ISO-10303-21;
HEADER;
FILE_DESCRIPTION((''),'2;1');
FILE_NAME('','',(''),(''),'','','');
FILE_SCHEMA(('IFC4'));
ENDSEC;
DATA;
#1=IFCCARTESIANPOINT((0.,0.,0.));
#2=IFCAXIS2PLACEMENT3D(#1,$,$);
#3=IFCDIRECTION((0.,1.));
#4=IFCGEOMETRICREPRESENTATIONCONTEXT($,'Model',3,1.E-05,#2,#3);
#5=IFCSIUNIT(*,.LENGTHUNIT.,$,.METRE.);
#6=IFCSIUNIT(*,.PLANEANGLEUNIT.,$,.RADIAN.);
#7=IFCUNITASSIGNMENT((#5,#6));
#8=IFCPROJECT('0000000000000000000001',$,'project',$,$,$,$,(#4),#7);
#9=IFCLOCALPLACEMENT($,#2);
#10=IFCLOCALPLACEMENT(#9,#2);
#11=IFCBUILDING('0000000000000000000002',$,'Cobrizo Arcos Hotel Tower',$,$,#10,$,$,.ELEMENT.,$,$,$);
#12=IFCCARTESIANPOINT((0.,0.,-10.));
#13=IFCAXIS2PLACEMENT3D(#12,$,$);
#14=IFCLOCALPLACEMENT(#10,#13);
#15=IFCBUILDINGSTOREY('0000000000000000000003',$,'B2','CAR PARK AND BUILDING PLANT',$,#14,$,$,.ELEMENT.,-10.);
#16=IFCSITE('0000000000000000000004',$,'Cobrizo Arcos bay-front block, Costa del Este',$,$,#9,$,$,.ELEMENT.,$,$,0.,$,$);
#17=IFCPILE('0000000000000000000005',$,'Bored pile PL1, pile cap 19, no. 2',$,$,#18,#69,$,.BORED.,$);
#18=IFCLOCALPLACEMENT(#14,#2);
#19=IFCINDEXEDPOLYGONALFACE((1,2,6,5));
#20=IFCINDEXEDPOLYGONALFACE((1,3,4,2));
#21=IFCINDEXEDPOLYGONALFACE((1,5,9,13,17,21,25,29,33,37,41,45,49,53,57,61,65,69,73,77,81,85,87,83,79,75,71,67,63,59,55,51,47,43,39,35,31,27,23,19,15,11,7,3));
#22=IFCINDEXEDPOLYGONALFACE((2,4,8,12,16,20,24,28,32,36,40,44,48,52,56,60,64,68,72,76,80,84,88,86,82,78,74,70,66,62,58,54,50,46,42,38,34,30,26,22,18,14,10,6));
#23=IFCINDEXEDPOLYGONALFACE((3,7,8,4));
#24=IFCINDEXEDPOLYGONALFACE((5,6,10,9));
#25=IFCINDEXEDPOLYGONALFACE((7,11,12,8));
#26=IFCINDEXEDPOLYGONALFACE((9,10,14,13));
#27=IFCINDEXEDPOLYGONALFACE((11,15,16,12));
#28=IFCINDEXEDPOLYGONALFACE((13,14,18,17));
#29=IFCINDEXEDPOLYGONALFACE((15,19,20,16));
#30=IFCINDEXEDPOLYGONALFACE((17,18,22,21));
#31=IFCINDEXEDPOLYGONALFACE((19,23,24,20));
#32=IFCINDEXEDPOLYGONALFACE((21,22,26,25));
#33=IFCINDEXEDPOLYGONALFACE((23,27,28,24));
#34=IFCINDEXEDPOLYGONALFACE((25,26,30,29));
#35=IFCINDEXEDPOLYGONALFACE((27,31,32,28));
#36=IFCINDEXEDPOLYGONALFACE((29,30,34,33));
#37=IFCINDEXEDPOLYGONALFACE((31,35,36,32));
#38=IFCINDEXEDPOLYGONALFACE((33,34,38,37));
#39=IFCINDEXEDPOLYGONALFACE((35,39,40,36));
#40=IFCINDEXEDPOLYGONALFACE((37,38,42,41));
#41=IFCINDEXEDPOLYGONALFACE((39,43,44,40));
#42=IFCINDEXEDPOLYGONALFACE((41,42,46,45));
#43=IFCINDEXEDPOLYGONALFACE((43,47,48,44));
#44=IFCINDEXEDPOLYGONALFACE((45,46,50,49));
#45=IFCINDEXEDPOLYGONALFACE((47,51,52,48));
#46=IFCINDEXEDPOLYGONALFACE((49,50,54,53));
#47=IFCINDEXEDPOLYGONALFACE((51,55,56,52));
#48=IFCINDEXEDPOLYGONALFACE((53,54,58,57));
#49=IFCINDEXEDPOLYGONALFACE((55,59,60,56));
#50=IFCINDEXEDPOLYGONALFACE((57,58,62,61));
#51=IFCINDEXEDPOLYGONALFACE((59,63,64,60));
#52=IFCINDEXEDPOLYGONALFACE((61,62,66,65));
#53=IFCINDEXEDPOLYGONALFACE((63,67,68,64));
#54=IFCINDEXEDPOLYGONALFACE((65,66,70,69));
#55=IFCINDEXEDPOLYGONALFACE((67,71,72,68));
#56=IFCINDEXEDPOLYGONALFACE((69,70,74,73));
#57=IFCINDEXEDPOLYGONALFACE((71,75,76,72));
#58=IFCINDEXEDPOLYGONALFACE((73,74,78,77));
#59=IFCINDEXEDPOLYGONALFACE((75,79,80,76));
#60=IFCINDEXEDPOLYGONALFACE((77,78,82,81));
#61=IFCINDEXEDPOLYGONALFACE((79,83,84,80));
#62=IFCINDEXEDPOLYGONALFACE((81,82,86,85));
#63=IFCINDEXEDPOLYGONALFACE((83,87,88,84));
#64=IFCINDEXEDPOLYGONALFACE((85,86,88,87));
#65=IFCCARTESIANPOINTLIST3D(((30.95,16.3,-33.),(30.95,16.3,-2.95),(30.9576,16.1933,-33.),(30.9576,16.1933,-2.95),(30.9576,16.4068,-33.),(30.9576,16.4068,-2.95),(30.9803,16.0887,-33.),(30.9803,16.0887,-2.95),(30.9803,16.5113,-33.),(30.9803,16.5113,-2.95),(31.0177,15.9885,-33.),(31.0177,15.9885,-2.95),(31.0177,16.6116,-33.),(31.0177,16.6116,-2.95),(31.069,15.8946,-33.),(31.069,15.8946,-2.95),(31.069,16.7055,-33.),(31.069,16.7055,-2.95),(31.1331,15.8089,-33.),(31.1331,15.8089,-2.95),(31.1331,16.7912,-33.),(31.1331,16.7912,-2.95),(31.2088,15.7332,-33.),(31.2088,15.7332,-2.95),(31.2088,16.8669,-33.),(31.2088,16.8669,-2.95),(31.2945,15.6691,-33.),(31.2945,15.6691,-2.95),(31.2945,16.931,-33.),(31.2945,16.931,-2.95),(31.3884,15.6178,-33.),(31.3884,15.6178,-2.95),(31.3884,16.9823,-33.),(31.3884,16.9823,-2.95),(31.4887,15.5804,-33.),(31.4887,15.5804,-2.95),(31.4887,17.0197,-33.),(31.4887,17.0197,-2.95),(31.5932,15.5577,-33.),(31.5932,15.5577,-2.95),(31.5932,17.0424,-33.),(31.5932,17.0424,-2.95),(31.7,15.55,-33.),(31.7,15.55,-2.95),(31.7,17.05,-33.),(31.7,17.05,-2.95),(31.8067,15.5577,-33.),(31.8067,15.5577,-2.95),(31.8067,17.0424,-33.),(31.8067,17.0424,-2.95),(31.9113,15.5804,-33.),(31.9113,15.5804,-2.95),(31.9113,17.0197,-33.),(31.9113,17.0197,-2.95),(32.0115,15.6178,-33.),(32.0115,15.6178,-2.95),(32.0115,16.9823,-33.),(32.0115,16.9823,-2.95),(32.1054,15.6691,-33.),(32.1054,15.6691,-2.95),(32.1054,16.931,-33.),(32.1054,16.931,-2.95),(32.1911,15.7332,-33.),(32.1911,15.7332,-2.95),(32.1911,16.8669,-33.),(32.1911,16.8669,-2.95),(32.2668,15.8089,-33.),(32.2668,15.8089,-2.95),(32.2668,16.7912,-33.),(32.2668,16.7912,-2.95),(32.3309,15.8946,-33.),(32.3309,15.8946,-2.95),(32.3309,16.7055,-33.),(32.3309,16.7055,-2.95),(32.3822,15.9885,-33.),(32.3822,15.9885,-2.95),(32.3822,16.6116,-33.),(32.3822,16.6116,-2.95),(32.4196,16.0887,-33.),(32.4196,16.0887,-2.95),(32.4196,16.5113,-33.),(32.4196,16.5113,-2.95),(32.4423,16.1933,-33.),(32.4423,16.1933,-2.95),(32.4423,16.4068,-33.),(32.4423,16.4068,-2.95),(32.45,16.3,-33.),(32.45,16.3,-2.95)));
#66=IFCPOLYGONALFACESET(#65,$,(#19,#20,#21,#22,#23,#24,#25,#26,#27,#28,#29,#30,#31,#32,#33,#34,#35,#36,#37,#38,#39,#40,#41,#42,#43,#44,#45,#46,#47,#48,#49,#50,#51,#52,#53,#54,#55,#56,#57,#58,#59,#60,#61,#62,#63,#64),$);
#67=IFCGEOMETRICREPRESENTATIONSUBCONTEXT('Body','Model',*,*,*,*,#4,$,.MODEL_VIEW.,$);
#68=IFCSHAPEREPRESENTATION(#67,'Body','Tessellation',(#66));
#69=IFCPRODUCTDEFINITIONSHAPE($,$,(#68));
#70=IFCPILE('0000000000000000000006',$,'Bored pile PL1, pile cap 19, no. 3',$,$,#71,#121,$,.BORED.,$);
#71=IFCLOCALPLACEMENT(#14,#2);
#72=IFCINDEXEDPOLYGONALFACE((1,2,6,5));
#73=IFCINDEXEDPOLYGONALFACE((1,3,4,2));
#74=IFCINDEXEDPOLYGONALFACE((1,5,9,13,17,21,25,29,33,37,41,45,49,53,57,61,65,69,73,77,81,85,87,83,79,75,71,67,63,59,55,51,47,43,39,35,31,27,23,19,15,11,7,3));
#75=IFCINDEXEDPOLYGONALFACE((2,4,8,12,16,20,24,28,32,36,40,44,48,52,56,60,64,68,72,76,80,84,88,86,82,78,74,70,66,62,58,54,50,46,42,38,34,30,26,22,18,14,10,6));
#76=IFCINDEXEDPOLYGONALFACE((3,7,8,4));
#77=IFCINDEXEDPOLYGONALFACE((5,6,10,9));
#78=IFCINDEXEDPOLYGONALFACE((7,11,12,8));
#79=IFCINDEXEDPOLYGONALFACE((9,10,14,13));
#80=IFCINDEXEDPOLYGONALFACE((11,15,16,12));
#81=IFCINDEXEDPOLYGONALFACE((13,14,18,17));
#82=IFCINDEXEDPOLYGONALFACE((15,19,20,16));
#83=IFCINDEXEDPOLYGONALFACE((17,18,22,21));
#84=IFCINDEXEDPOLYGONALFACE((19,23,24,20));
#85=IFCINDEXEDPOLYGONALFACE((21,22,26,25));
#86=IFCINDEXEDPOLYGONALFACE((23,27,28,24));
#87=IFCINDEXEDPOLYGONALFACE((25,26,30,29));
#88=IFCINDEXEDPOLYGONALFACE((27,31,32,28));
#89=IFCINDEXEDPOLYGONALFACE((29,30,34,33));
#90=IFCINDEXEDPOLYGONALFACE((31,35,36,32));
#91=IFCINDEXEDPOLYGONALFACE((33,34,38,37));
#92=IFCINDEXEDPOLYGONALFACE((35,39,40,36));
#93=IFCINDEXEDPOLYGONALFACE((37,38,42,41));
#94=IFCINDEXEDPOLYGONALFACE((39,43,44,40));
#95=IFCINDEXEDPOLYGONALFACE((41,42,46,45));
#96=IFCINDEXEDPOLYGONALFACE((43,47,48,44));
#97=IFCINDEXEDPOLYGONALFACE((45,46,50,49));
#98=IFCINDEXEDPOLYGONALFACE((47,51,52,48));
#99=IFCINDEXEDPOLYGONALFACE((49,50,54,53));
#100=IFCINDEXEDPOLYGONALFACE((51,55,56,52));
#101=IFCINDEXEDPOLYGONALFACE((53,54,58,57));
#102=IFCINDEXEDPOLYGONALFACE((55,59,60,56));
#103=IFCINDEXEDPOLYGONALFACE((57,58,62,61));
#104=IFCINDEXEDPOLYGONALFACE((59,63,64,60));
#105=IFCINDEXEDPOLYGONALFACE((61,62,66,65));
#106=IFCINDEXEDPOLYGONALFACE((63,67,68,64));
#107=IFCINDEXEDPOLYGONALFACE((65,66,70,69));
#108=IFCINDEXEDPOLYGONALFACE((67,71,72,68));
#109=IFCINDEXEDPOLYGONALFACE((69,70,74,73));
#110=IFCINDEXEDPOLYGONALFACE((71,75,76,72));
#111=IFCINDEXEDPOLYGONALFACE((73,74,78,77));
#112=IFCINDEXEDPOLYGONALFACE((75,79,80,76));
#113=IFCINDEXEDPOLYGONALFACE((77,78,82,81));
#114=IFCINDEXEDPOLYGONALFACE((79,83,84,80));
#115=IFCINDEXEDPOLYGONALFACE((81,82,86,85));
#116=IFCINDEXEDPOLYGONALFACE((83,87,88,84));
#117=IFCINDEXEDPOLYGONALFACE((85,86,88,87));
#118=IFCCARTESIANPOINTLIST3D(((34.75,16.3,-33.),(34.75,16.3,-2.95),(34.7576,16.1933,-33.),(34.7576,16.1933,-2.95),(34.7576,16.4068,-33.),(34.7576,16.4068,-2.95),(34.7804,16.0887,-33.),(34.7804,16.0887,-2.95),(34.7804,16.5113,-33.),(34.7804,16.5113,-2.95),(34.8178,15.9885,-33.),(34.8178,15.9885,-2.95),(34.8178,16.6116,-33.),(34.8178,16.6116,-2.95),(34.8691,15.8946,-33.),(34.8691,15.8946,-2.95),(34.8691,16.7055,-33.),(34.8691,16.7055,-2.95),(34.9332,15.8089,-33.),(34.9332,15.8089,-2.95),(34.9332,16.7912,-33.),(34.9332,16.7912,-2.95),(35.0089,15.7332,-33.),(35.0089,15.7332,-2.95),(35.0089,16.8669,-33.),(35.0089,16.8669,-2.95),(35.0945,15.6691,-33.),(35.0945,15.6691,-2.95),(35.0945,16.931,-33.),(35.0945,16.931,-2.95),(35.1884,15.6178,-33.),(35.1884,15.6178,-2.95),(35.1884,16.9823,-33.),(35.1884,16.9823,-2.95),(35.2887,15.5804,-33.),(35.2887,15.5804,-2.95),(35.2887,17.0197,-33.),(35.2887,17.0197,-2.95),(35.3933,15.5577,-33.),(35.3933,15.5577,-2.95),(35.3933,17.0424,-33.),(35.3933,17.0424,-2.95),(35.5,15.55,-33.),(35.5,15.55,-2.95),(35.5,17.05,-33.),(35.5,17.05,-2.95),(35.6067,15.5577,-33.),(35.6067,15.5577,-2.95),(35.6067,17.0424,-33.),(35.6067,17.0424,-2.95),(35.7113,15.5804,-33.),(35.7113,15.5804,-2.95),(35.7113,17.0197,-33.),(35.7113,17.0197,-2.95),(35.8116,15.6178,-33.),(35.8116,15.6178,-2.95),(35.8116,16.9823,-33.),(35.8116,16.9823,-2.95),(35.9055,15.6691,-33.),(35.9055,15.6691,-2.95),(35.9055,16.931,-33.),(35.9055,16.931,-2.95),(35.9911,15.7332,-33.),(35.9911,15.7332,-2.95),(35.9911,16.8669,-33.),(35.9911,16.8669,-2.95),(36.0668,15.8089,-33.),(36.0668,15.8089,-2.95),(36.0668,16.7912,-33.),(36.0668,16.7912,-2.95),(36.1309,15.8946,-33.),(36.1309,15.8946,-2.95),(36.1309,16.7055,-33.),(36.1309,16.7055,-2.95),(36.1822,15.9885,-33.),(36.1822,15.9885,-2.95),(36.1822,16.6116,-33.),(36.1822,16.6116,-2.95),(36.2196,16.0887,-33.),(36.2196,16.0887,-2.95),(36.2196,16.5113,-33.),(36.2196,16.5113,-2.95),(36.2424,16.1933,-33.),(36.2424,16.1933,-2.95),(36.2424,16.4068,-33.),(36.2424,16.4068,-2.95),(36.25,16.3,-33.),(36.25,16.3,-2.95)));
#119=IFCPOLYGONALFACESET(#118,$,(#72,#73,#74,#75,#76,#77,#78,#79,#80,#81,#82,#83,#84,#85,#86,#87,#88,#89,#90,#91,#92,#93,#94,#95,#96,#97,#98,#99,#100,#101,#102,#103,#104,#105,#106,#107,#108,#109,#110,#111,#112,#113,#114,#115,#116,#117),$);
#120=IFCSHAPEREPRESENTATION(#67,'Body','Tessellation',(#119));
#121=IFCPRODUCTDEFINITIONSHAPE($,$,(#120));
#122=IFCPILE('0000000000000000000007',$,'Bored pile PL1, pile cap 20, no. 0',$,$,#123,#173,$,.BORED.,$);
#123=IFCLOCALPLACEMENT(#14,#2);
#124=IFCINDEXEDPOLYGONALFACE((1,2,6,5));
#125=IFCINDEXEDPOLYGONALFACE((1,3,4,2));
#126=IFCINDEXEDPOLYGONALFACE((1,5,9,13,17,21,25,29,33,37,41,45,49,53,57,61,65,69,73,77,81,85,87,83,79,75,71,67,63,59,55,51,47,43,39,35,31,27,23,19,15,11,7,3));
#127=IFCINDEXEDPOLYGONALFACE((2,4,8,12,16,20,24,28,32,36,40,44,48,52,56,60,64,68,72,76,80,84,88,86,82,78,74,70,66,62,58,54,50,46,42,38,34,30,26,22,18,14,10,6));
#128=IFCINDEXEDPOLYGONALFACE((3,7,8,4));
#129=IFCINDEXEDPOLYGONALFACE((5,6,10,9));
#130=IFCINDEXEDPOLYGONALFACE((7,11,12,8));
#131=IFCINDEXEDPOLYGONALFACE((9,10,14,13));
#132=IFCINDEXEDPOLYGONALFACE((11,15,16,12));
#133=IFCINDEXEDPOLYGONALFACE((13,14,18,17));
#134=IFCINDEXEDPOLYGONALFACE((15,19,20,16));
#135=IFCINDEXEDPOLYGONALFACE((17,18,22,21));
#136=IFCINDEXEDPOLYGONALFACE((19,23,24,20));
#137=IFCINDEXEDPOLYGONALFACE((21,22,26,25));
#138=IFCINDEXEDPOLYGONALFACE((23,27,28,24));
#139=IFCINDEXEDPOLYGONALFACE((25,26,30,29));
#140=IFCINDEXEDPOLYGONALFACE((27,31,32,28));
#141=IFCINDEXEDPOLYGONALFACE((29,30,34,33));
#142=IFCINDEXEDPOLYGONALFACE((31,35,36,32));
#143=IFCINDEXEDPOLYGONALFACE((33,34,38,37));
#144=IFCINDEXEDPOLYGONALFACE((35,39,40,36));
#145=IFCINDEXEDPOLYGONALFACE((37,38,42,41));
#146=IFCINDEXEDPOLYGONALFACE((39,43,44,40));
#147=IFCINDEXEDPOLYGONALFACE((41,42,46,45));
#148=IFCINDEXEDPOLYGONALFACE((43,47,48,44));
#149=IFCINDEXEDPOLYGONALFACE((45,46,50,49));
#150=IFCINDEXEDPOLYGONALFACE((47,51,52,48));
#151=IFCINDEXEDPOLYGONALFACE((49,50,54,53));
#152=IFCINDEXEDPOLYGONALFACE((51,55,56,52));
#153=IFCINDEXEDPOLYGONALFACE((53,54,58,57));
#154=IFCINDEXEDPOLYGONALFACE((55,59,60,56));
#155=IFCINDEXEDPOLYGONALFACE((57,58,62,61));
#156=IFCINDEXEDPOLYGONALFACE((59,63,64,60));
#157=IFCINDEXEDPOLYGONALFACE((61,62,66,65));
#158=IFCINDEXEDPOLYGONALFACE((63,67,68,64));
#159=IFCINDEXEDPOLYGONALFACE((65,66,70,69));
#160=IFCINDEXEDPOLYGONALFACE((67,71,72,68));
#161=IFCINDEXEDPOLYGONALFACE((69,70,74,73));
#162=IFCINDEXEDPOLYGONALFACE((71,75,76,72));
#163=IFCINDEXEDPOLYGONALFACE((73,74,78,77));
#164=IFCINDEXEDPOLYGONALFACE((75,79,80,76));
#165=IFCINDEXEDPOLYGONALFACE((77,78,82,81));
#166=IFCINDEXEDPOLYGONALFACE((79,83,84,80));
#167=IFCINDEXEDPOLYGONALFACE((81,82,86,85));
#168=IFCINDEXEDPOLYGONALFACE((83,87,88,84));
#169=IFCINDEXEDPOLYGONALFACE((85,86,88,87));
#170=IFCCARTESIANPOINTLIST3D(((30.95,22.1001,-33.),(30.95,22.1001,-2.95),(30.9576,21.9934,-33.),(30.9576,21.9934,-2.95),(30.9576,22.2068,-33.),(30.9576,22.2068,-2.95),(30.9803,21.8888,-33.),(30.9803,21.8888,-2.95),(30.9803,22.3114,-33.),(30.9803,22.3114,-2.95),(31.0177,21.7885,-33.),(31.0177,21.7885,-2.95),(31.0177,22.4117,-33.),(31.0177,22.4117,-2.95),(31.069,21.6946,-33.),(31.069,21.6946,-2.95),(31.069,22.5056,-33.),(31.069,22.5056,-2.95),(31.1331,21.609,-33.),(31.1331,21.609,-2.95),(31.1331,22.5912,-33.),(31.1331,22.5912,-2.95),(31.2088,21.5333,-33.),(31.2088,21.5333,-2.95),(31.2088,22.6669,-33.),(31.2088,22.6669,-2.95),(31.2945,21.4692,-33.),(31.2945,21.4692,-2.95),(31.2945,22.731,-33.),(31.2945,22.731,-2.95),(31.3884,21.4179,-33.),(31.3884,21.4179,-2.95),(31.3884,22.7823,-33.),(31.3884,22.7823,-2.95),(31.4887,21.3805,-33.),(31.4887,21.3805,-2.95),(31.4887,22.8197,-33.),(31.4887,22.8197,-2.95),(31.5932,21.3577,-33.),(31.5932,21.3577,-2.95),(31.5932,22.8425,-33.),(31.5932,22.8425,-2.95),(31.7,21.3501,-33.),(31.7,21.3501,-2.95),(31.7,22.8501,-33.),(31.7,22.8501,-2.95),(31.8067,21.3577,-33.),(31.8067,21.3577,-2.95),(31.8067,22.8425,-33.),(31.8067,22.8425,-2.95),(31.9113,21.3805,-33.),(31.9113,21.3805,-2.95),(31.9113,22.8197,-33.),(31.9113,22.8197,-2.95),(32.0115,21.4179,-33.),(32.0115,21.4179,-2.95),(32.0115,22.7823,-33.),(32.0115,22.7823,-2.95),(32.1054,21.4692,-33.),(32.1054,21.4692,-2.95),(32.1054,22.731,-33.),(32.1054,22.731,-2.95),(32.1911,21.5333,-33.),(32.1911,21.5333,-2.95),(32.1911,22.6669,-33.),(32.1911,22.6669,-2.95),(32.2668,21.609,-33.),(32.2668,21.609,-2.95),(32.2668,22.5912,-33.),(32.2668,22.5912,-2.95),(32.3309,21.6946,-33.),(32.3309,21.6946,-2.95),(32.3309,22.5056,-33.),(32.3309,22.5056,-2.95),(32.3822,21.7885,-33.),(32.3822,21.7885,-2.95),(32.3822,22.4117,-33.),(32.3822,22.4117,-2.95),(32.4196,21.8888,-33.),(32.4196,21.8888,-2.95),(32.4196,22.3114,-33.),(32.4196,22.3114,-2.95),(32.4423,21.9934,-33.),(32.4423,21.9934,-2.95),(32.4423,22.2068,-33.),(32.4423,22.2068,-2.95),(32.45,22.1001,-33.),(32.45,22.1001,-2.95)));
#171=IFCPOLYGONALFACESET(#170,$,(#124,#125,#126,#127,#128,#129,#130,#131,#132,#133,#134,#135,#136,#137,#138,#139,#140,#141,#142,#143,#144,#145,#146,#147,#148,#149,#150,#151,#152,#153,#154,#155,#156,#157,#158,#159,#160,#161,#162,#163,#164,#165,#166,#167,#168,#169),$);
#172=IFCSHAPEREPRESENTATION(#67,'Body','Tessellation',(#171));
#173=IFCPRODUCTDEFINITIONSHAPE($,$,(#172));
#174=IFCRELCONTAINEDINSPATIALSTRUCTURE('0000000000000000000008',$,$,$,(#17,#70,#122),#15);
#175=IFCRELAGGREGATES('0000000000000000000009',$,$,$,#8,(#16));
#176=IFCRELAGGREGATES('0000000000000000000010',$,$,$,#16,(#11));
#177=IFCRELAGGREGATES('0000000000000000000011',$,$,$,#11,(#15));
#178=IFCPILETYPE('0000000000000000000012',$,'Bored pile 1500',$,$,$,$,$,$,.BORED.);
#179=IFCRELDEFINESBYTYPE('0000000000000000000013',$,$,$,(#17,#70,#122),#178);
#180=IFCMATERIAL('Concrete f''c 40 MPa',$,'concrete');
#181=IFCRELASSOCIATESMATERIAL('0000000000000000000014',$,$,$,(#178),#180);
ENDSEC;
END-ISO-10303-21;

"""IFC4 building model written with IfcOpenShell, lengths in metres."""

from ifc_helpers import new_model, si_unit, direction, frame, origin, origin_2d, place, context, subcontext, project, spatial, circle, extrude, material, material_profile, profile_set, type_object, element, save


model = new_model("IFC4")

# Units and contexts
model_context = context("Model", 3, precision=1e-05, world=origin(), true_north=direction((0.0, 1.0)))
body_context = subcontext(model_context, "Body", "Model", "MODEL_VIEW")
ifc_project = project(units=[si_unit("LENGTHUNIT", "METRE"), si_unit("PLANEANGLEUNIT", "RADIAN")], contexts=[model_context])

# Site, building, storey
site_placement = place(None, origin())
site = spatial("IfcSite", under=ifc_project, at=site_placement, Name="Cobrizo Arcos bay-front block, Costa del Este", CompositionType="ELEMENT", RefElevation=0.0)
building_placement = place(site_placement, origin())
building = spatial("IfcBuilding", under=site, at=building_placement, Name="Cobrizo Arcos Hotel Tower", CompositionType="ELEMENT")
storey_placement = place(building_placement, frame((0.0, 0.0, -10.0)))
storey = spatial("IfcBuildingStorey", under=building, at=storey_placement, Name="B2", Description="CAR PARK AND BUILDING PLANT", CompositionType="ELEMENT", Elevation=-10.0)

# Piles
ifc_material_1 = material(Name="Concrete f'c 40 MPa", Category="concrete")
ifc_material_profile_1 = material_profile(ifc_material_1, circle(Radius=0.75, at=origin_2d()), Name="BORED PILE 1500")
ifc_profile_set_1 = profile_set([ifc_material_profile_1], Name="Concrete f'c 40 MPa")
pile_type = type_object("IfcPileType", Name="Bored pile 1500", PredefinedType="BORED", material=ifc_profile_set_1)
for number, where, z_axis, x_axis, name in (
    (1, (31.7, 16.3, -2.95), (0.0, 0.0, -1.0), (1.0, 0.0, 0.0), "Bored pile PL1, pile cap 19, no. 2"),
    (2, (35.5, 16.3, -2.95), (0.0, 0.0, -1.0), (1.0, 0.0, 0.0), "Bored pile PL1, pile cap 19, no. 3"),
    (3, (31.7, 22.1001, -2.95), (0.0, 0.0, -1.0), (1.0, 0.0, 0.0), "Bored pile PL1, pile cap 20, no. 0"),
):
    element("IfcPile", number, at=place(storey_placement, frame(where, z_axis=z_axis, x_axis=x_axis)), inside=storey, type_object=pile_type, Name=name, PredefinedType="BORED", context=body_context, shape_type="SweptSolid", body=[
        extrude(circle(Radius=0.75, at=origin_2d()), origin(), (0.0, 0.0, 1.0), 30.05),
    ])

save(model, "model.ifc")
